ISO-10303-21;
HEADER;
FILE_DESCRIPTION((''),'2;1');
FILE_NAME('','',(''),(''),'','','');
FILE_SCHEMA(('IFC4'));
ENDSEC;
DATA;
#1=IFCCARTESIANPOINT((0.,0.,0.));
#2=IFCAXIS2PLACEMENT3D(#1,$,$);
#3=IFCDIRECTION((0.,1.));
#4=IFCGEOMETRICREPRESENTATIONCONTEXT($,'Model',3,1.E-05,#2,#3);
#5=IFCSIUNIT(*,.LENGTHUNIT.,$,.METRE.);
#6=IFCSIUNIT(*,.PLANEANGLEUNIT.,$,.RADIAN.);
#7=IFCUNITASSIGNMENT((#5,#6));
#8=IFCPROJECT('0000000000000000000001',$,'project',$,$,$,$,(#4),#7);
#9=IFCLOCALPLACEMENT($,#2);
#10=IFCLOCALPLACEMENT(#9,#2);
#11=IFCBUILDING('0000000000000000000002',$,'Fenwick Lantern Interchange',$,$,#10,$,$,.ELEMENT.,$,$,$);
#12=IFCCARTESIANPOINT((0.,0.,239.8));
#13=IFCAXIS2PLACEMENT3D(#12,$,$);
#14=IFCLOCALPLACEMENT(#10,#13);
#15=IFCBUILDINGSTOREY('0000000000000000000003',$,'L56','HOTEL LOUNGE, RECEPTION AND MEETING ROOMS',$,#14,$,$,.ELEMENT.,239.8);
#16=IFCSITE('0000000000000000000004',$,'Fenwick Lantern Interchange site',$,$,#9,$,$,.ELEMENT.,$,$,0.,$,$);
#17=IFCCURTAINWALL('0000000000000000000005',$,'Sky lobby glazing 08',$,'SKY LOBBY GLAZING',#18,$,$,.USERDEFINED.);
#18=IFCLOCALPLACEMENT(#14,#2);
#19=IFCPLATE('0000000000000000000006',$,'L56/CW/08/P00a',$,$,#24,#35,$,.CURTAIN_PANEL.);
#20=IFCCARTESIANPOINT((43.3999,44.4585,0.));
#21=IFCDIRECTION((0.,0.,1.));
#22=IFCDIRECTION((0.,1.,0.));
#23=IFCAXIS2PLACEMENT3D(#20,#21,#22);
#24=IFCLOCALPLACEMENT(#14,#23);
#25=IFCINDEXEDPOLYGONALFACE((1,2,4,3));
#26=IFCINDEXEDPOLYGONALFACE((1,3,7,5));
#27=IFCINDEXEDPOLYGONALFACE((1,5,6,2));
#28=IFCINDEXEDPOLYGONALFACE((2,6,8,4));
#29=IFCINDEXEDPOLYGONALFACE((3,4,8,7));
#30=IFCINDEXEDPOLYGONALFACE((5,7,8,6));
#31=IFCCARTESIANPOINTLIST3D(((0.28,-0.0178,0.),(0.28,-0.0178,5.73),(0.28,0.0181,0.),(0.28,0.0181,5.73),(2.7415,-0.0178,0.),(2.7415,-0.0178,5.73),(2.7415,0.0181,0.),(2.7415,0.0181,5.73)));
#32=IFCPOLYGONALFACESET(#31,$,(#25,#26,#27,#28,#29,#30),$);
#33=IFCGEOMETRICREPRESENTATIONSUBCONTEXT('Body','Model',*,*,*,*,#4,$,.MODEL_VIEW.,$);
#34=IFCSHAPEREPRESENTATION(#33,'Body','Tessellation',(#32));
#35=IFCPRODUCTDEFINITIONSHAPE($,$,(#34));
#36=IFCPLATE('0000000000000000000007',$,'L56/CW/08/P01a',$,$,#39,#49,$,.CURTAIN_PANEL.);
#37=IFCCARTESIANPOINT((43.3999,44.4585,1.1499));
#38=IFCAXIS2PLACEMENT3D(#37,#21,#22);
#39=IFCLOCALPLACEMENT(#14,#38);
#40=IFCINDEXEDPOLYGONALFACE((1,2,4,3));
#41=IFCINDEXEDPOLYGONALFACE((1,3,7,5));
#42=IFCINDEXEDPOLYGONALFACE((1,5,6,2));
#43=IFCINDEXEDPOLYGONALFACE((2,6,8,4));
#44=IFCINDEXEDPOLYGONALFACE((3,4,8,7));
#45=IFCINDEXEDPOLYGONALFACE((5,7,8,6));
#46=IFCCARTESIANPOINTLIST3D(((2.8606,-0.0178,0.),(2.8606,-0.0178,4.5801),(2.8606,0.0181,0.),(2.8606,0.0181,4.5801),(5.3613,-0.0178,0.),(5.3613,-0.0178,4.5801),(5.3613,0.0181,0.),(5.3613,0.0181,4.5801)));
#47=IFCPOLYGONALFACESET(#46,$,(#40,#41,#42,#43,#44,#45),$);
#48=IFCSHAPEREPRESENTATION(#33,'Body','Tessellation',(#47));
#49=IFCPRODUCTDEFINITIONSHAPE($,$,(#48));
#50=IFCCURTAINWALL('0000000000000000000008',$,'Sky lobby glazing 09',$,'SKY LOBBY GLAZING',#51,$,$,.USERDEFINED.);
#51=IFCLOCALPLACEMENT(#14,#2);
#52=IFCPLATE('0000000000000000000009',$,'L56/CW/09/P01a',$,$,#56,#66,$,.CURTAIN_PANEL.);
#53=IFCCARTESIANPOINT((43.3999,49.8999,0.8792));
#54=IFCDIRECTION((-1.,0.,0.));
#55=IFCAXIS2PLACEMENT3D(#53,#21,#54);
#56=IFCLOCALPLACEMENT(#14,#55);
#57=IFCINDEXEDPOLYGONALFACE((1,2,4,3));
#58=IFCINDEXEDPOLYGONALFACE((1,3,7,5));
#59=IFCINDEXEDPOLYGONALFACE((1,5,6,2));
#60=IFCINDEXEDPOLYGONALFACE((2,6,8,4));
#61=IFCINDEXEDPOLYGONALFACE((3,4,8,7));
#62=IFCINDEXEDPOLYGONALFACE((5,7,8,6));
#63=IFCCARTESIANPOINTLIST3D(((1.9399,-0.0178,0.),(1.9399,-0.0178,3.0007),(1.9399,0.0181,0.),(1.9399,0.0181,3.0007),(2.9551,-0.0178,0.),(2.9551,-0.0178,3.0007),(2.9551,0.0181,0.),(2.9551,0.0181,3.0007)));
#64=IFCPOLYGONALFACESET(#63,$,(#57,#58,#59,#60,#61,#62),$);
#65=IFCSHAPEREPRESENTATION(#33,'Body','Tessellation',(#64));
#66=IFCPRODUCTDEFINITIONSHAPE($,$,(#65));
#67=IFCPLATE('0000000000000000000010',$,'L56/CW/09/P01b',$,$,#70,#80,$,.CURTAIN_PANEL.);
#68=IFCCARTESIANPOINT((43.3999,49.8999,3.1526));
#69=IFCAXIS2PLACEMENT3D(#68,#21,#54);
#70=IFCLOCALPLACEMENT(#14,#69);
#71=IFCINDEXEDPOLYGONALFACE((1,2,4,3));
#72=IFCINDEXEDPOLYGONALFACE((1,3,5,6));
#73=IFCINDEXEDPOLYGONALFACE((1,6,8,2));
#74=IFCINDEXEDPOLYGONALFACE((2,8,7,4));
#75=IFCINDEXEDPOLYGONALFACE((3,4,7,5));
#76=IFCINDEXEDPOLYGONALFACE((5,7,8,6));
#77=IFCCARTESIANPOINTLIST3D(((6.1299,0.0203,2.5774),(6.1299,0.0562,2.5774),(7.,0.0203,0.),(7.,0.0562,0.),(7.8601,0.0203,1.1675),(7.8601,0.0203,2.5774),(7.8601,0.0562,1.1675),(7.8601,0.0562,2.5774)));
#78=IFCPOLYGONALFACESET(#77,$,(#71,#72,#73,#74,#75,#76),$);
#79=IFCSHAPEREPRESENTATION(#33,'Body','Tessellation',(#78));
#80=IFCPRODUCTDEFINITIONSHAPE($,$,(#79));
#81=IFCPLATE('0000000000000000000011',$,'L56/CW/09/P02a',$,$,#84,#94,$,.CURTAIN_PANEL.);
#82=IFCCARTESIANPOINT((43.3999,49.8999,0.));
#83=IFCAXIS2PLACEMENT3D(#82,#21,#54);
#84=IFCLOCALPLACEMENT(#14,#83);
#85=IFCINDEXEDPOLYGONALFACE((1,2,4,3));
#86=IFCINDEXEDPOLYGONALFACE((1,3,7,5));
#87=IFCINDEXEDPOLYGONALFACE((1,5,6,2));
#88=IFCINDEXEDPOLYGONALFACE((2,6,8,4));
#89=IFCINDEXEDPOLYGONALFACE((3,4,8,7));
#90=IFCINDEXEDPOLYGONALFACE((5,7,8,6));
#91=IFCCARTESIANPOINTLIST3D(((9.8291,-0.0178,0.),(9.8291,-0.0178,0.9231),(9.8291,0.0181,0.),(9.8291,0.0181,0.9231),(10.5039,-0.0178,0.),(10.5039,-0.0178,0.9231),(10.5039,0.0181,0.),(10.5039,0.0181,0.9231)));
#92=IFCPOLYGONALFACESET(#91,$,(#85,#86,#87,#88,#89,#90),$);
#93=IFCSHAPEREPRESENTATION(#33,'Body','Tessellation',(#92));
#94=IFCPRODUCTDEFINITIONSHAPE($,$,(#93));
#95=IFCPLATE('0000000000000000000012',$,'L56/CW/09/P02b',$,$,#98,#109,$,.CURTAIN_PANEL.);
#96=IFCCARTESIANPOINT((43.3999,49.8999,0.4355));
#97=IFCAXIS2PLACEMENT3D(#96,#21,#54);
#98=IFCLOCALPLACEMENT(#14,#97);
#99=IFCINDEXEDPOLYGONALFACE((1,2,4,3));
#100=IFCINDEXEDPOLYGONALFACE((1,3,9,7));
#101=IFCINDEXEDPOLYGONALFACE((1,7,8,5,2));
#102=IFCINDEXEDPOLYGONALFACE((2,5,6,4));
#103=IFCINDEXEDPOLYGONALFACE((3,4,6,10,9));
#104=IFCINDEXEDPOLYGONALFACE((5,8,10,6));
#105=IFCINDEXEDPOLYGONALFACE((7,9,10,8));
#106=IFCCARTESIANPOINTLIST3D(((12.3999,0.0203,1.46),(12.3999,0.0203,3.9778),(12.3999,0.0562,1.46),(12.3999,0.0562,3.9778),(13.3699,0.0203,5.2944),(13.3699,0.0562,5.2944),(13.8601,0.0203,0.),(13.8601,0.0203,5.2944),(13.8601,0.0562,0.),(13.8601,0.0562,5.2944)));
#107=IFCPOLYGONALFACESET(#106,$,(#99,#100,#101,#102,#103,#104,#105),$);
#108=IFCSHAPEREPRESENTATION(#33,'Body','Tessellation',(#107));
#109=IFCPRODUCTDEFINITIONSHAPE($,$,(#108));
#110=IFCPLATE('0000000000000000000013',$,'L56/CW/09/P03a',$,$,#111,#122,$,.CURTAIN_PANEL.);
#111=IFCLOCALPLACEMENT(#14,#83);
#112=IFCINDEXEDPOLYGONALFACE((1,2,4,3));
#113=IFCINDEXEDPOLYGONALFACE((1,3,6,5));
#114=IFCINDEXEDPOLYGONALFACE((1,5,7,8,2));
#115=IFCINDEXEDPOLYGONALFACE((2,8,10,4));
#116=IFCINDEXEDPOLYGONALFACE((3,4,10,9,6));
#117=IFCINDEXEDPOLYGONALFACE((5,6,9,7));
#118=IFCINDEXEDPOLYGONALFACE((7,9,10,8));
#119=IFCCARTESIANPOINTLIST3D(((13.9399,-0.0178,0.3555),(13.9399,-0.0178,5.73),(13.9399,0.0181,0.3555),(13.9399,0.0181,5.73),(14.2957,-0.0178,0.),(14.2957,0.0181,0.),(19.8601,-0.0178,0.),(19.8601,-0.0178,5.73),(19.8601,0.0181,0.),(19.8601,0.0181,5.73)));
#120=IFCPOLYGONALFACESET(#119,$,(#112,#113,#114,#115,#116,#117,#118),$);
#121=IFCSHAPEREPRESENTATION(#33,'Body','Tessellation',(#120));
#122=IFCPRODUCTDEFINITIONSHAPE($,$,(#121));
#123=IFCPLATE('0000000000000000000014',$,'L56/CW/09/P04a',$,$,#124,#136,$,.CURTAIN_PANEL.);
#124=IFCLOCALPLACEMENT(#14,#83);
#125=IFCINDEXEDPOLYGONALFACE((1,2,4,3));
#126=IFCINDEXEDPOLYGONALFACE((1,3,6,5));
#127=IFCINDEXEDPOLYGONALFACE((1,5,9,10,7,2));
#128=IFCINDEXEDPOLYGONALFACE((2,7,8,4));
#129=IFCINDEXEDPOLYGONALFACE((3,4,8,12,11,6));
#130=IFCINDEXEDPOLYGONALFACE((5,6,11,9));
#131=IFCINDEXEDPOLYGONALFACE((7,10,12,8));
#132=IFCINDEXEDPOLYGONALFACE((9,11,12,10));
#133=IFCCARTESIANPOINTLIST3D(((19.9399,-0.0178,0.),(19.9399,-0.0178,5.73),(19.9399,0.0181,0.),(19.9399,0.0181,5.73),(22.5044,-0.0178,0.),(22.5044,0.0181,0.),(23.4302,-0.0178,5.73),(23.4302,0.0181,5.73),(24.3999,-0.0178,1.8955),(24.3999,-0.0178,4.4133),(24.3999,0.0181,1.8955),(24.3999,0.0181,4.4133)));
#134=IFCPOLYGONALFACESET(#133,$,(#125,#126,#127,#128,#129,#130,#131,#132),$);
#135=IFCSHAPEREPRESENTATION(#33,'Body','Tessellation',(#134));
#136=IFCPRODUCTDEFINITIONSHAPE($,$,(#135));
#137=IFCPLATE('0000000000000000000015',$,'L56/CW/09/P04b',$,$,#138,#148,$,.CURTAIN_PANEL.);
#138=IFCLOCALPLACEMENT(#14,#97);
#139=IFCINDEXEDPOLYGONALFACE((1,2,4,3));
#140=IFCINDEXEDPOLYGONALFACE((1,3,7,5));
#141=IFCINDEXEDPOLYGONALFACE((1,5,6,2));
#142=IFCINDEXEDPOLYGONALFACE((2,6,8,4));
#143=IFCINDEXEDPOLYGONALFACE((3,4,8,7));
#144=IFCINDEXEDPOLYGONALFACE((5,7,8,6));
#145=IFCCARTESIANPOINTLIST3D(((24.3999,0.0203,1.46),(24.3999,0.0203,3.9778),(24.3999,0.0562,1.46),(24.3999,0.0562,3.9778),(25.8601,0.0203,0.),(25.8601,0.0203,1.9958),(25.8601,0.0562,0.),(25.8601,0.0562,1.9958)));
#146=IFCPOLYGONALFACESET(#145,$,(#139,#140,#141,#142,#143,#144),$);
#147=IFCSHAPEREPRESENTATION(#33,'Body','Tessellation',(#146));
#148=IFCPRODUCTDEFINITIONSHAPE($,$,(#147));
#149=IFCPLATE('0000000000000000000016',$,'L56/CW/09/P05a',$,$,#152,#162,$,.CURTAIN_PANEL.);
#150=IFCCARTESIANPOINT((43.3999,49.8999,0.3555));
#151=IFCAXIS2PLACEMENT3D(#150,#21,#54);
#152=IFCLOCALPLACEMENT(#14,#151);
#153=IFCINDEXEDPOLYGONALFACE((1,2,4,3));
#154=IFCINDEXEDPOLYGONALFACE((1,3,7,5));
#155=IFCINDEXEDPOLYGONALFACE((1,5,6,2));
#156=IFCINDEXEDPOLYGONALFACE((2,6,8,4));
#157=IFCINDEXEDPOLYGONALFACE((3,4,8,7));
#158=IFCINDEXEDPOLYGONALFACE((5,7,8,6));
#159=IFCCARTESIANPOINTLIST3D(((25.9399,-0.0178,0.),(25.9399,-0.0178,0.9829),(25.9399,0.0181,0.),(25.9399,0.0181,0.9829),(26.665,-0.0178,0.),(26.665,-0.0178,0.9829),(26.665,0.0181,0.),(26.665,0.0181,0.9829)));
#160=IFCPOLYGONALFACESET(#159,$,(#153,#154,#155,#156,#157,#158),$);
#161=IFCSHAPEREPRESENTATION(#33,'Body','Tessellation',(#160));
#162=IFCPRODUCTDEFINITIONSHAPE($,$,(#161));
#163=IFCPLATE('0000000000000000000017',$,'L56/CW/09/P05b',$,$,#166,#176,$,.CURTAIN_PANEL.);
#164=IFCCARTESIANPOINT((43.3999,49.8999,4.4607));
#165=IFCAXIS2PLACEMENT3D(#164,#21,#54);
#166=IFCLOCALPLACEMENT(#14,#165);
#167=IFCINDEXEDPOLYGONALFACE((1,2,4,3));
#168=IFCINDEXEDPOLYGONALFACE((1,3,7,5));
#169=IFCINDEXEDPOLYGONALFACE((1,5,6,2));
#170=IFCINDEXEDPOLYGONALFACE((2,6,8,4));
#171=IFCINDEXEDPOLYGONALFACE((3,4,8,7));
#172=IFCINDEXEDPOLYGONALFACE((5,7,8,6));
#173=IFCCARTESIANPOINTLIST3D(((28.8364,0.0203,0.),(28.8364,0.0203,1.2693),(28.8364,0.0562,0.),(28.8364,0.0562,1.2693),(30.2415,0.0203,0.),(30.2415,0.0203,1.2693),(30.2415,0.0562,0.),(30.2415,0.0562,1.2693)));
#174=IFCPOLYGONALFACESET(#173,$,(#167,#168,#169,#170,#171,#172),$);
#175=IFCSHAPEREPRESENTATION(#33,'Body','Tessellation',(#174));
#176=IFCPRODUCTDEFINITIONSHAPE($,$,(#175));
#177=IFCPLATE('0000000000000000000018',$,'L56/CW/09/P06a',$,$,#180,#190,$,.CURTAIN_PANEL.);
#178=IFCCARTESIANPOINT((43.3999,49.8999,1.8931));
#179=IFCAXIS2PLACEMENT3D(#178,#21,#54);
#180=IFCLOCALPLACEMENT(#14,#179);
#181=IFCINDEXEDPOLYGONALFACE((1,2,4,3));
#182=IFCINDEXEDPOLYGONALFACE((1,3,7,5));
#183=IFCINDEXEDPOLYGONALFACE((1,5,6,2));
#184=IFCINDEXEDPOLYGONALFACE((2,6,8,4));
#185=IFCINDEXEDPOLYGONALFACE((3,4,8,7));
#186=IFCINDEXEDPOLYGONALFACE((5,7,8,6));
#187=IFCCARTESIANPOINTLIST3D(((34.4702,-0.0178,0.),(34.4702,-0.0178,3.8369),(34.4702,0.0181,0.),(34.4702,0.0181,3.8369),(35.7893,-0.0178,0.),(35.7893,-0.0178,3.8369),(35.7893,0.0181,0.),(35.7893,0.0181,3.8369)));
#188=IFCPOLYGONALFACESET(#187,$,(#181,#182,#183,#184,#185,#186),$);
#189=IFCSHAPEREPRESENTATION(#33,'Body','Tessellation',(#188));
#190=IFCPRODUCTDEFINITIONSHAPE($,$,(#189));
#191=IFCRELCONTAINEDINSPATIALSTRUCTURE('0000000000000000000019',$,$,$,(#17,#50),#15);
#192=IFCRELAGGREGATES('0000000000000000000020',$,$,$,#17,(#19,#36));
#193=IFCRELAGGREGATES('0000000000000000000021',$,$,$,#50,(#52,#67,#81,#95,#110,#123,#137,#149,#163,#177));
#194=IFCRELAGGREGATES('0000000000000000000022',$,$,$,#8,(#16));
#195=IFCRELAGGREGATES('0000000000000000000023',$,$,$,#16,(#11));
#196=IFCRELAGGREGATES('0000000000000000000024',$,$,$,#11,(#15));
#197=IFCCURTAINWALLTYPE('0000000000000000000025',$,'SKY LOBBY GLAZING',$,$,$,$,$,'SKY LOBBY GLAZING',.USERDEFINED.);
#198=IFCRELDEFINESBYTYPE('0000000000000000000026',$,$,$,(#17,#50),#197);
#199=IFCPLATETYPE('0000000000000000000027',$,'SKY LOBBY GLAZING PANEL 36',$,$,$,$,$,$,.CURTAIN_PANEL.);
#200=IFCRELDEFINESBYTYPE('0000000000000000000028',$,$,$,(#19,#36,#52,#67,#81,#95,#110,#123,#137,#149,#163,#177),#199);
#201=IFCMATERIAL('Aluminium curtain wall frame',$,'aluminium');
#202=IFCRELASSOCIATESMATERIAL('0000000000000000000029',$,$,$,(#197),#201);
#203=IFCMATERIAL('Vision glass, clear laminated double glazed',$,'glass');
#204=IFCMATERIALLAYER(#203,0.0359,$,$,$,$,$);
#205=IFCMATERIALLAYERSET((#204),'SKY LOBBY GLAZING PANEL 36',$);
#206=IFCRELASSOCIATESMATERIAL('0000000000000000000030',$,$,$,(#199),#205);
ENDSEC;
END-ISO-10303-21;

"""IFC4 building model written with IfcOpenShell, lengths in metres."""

from ifc_helpers import new_model, si_unit, direction, frame, origin, place, context, subcontext, project, spatial, polyline, outline, extrude, material, layer, layer_set, type_object, element, aggregate, save


model = new_model("IFC4")

# Units and contexts
model_context = context("Model", 3, precision=1e-05, world=origin(), true_north=direction((0.0, 1.0)))
body_context = subcontext(model_context, "Body", "Model", "MODEL_VIEW")
ifc_project = project(units=[si_unit("LENGTHUNIT", "METRE"), si_unit("PLANEANGLEUNIT", "RADIAN")], contexts=[model_context])

# Site, building, storey
site_placement = place(None, origin())
site = spatial("IfcSite", under=ifc_project, at=site_placement, Name="Fenwick Lantern Interchange site", CompositionType="ELEMENT", RefElevation=0.0)
building_placement = place(site_placement, origin())
building = spatial("IfcBuilding", under=site, at=building_placement, Name="Fenwick Lantern Interchange", CompositionType="ELEMENT")
storey_placement = place(building_placement, frame((0.0, 0.0, 239.8)))
storey = spatial("IfcBuildingStorey", under=building, at=storey_placement, Name="L56", Description="HOTEL LOUNGE, RECEPTION AND MEETING ROOMS", CompositionType="ELEMENT", Elevation=239.8)

# Shared definitions
ifc_material_1 = material(Name="Aluminium curtain wall frame", Category="aluminium")
curtain_wall_type = type_object("IfcCurtainWallType", Name="SKY LOBBY GLAZING", ElementType="SKY LOBBY GLAZING", PredefinedType="USERDEFINED", material=ifc_material_1)

# Curtain wall
curtain_wall_1_placement = place(storey_placement, origin())
curtain_wall_1 = element("IfcCurtainWall", 1, at=curtain_wall_1_placement, inside=storey, type_object=curtain_wall_type, Name="Sky lobby glazing 08", ObjectType="SKY LOBBY GLAZING", PredefinedType="USERDEFINED")

# Plates
ifc_material_2 = material(Name="Vision glass, clear laminated double glazed", Category="glass")
ifc_layer_1 = layer(ifc_material_2, 0.0359)
ifc_layer_set_1 = layer_set([ifc_layer_1], Name="SKY LOBBY GLAZING PANEL 36")
plate_type = type_object("IfcPlateType", Name="SKY LOBBY GLAZING PANEL 36", PredefinedType="CURTAIN_PANEL", material=ifc_layer_set_1)
plate_1_placement = place(storey_placement, frame((43.3999, 44.4585, 0.0), z_axis=(0.0, 0.0, 1.0), x_axis=(0.0, 1.0, 0.0)))
plate_1 = element("IfcPlate", 2, at=plate_1_placement, type_object=plate_type, Name="L56/CW/08/P00a", PredefinedType="CURTAIN_PANEL", context=body_context, shape_type="SweptSolid", body=[
    extrude(outline(polyline([(0.28, 0.0), (2.7415, 0.0), (2.7415, 5.73), (0.28, 5.73), (0.28, 0.0)])), frame((0.0, 0.0181, 0.0), z_axis=(0.0, -1.0, 0.0), x_axis=(1.0, 0.0, 0.0)), (0.0, 0.0, 1.0), 0.0359),
])
plate_2_placement = place(storey_placement, frame((43.3999, 44.4585, 1.1499), z_axis=(0.0, 0.0, 1.0), x_axis=(0.0, 1.0, 0.0)))
plate_2 = element("IfcPlate", 3, at=plate_2_placement, type_object=plate_type, Name="L56/CW/08/P01a", PredefinedType="CURTAIN_PANEL", context=body_context, shape_type="SweptSolid", body=[
    extrude(outline(polyline([(2.8606, 0.0), (5.3613, 0.0), (5.3613, 4.5801), (2.8606, 4.5801), (2.8606, 0.0)])), frame((0.0, 0.0181, 0.0), z_axis=(0.0, -1.0, 0.0), x_axis=(1.0, 0.0, 0.0)), (0.0, 0.0, 1.0), 0.0359),
])
aggregate(curtain_wall_1, [plate_1, plate_2])

# Curtain wall, plates
curtain_wall_2_placement = place(storey_placement, origin())
curtain_wall_2 = element("IfcCurtainWall", 4, at=curtain_wall_2_placement, inside=storey, type_object=curtain_wall_type, Name="Sky lobby glazing 09", ObjectType="SKY LOBBY GLAZING", PredefinedType="USERDEFINED")
plate_3_placement = place(storey_placement, frame((43.3999, 49.8999, 0.8792), z_axis=(0.0, 0.0, 1.0), x_axis=(-1.0, 0.0, 0.0)))
plate_3 = element("IfcPlate", 5, at=plate_3_placement, type_object=plate_type, Name="L56/CW/09/P01a", PredefinedType="CURTAIN_PANEL", context=body_context, shape_type="SweptSolid", body=[
    extrude(outline(polyline([(1.9399, 0.0), (2.9551, 0.0), (2.9551, 3.0007), (1.9399, 3.0007), (1.9399, 0.0)])), frame((0.0, 0.0181, 0.0), z_axis=(0.0, -1.0, 0.0), x_axis=(1.0, 0.0, 0.0)), (0.0, 0.0, 1.0), 0.0359),
])
plate_4_placement = place(storey_placement, frame((43.3999, 49.8999, 3.1526), z_axis=(0.0, 0.0, 1.0), x_axis=(-1.0, 0.0, 0.0)))
plate_4 = element("IfcPlate", 6, at=plate_4_placement, type_object=plate_type, Name="L56/CW/09/P01b", PredefinedType="CURTAIN_PANEL", context=body_context, shape_type="SweptSolid", body=[
    extrude(outline(polyline([(7.0, 0.0), (7.8601, 1.1675), (7.8601, 2.5774), (6.1299, 2.5774), (7.0, 0.0)])), frame((0.0, 0.0562, 0.0), z_axis=(0.0, -1.0, 0.0), x_axis=(1.0, 0.0, 0.0)), (0.0, 0.0, 1.0), 0.0359),
])
plate_5_placement = place(storey_placement, frame((43.3999, 49.8999, 0.0), z_axis=(0.0, 0.0, 1.0), x_axis=(-1.0, 0.0, 0.0)))
plate_5 = element("IfcPlate", 7, at=plate_5_placement, type_object=plate_type, Name="L56/CW/09/P02a", PredefinedType="CURTAIN_PANEL", context=body_context, shape_type="SweptSolid", body=[
    extrude(outline(polyline([(9.8291, 0.0), (10.5039, 0.0), (10.5039, 0.9231), (9.8291, 0.9231), (9.8291, 0.0)])), frame((0.0, 0.0181, 0.0), z_axis=(0.0, -1.0, 0.0), x_axis=(1.0, 0.0, 0.0)), (0.0, 0.0, 1.0), 0.0359),
])
plate_6_placement = place(storey_placement, frame((43.3999, 49.8999, 0.4355), z_axis=(0.0, 0.0, 1.0), x_axis=(-1.0, 0.0, 0.0)))
plate_6 = element("IfcPlate", 8, at=plate_6_placement, type_object=plate_type, Name="L56/CW/09/P02b", PredefinedType="CURTAIN_PANEL", context=body_context, shape_type="SweptSolid", body=[
    extrude(outline(polyline([(13.8601, 0.0), (13.8601, 5.2944), (13.3699, 5.2944), (12.3999, 3.9778), (12.3999, 1.46), (13.8601, 0.0)])), frame((0.0, 0.0562, 0.0), z_axis=(0.0, -1.0, 0.0), x_axis=(1.0, 0.0, 0.0)), (0.0, 0.0, 1.0), 0.0359),
])
plate_7_placement = place(storey_placement, frame((43.3999, 49.8999, 0.0), z_axis=(0.0, 0.0, 1.0), x_axis=(-1.0, 0.0, 0.0)))
plate_7 = element("IfcPlate", 9, at=plate_7_placement, type_object=plate_type, Name="L56/CW/09/P03a", PredefinedType="CURTAIN_PANEL", context=body_context, shape_type="SweptSolid", body=[
    extrude(outline(polyline([(14.2957, 0.0), (19.8601, 0.0), (19.8601, 5.73), (13.9399, 5.73), (13.9399, 0.3555), (14.2957, 0.0)])), frame((0.0, 0.0181, 0.0), z_axis=(0.0, -1.0, 0.0), x_axis=(1.0, 0.0, 0.0)), (0.0, 0.0, 1.0), 0.0359),
])
plate_8_placement = place(storey_placement, frame((43.3999, 49.8999, 0.0), z_axis=(0.0, 0.0, 1.0), x_axis=(-1.0, 0.0, 0.0)))
plate_8 = element("IfcPlate", 10, at=plate_8_placement, type_object=plate_type, Name="L56/CW/09/P04a", PredefinedType="CURTAIN_PANEL", context=body_context, shape_type="SweptSolid", body=[
    extrude(outline(polyline([(19.9399, 0.0), (22.5044, 0.0), (24.3999, 1.8955), (24.3999, 4.4133), (23.4302, 5.73), (19.9399, 5.73), (19.9399, 0.0)])), frame((0.0, 0.0181, 0.0), z_axis=(0.0, -1.0, 0.0), x_axis=(1.0, 0.0, 0.0)), (0.0, 0.0, 1.0), 0.0359),
])
plate_9_placement = place(storey_placement, frame((43.3999, 49.8999, 0.4355), z_axis=(0.0, 0.0, 1.0), x_axis=(-1.0, 0.0, 0.0)))
plate_9 = element("IfcPlate", 11, at=plate_9_placement, type_object=plate_type, Name="L56/CW/09/P04b", PredefinedType="CURTAIN_PANEL", context=body_context, shape_type="SweptSolid", body=[
    extrude(outline(polyline([(25.8601, 0.0), (25.8601, 1.9958), (24.3999, 3.9778), (24.3999, 1.46), (25.8601, 0.0)])), frame((0.0, 0.0562, 0.0), z_axis=(0.0, -1.0, 0.0), x_axis=(1.0, 0.0, 0.0)), (0.0, 0.0, 1.0), 0.0359),
])
plate_10_placement = place(storey_placement, frame((43.3999, 49.8999, 0.3555), z_axis=(0.0, 0.0, 1.0), x_axis=(-1.0, 0.0, 0.0)))
plate_10 = element("IfcPlate", 12, at=plate_10_placement, type_object=plate_type, Name="L56/CW/09/P05a", PredefinedType="CURTAIN_PANEL", context=body_context, shape_type="SweptSolid", body=[
    extrude(outline(polyline([(25.9399, 0.0), (26.665, 0.0), (26.665, 0.9829), (25.9399, 0.9829), (25.9399, 0.0)])), frame((0.0, 0.0181, 0.0), z_axis=(0.0, -1.0, 0.0), x_axis=(1.0, 0.0, 0.0)), (0.0, 0.0, 1.0), 0.0359),
])
plate_11_placement = place(storey_placement, frame((43.3999, 49.8999, 4.4607), z_axis=(0.0, 0.0, 1.0), x_axis=(-1.0, 0.0, 0.0)))
plate_11 = element("IfcPlate", 13, at=plate_11_placement, type_object=plate_type, Name="L56/CW/09/P05b", PredefinedType="CURTAIN_PANEL", context=body_context, shape_type="SweptSolid", body=[
    extrude(outline(polyline([(28.8364, 0.0), (30.2415, 0.0), (30.2415, 1.2693), (28.8364, 1.2693), (28.8364, 0.0)])), frame((0.0, 0.0562, 0.0), z_axis=(0.0, -1.0, 0.0), x_axis=(1.0, 0.0, 0.0)), (0.0, 0.0, 1.0), 0.0359),
])
plate_12_placement = place(storey_placement, frame((43.3999, 49.8999, 1.8931), z_axis=(0.0, 0.0, 1.0), x_axis=(-1.0, 0.0, 0.0)))
plate_12 = element("IfcPlate", 14, at=plate_12_placement, type_object=plate_type, Name="L56/CW/09/P06a", PredefinedType="CURTAIN_PANEL", context=body_context, shape_type="SweptSolid", body=[
    extrude(outline(polyline([(34.4702, 0.0), (35.7893, 0.0), (35.7893, 3.8369), (34.4702, 3.8369), (34.4702, 0.0)])), frame((0.0, 0.0181, 0.0), z_axis=(0.0, -1.0, 0.0), x_axis=(1.0, 0.0, 0.0)), (0.0, 0.0, 1.0), 0.0359),
])
aggregate(curtain_wall_2, [plate_3, plate_4, plate_5, plate_6, plate_7, plate_8, plate_9, plate_10, plate_11, plate_12])

save(model, "model.ifc")
